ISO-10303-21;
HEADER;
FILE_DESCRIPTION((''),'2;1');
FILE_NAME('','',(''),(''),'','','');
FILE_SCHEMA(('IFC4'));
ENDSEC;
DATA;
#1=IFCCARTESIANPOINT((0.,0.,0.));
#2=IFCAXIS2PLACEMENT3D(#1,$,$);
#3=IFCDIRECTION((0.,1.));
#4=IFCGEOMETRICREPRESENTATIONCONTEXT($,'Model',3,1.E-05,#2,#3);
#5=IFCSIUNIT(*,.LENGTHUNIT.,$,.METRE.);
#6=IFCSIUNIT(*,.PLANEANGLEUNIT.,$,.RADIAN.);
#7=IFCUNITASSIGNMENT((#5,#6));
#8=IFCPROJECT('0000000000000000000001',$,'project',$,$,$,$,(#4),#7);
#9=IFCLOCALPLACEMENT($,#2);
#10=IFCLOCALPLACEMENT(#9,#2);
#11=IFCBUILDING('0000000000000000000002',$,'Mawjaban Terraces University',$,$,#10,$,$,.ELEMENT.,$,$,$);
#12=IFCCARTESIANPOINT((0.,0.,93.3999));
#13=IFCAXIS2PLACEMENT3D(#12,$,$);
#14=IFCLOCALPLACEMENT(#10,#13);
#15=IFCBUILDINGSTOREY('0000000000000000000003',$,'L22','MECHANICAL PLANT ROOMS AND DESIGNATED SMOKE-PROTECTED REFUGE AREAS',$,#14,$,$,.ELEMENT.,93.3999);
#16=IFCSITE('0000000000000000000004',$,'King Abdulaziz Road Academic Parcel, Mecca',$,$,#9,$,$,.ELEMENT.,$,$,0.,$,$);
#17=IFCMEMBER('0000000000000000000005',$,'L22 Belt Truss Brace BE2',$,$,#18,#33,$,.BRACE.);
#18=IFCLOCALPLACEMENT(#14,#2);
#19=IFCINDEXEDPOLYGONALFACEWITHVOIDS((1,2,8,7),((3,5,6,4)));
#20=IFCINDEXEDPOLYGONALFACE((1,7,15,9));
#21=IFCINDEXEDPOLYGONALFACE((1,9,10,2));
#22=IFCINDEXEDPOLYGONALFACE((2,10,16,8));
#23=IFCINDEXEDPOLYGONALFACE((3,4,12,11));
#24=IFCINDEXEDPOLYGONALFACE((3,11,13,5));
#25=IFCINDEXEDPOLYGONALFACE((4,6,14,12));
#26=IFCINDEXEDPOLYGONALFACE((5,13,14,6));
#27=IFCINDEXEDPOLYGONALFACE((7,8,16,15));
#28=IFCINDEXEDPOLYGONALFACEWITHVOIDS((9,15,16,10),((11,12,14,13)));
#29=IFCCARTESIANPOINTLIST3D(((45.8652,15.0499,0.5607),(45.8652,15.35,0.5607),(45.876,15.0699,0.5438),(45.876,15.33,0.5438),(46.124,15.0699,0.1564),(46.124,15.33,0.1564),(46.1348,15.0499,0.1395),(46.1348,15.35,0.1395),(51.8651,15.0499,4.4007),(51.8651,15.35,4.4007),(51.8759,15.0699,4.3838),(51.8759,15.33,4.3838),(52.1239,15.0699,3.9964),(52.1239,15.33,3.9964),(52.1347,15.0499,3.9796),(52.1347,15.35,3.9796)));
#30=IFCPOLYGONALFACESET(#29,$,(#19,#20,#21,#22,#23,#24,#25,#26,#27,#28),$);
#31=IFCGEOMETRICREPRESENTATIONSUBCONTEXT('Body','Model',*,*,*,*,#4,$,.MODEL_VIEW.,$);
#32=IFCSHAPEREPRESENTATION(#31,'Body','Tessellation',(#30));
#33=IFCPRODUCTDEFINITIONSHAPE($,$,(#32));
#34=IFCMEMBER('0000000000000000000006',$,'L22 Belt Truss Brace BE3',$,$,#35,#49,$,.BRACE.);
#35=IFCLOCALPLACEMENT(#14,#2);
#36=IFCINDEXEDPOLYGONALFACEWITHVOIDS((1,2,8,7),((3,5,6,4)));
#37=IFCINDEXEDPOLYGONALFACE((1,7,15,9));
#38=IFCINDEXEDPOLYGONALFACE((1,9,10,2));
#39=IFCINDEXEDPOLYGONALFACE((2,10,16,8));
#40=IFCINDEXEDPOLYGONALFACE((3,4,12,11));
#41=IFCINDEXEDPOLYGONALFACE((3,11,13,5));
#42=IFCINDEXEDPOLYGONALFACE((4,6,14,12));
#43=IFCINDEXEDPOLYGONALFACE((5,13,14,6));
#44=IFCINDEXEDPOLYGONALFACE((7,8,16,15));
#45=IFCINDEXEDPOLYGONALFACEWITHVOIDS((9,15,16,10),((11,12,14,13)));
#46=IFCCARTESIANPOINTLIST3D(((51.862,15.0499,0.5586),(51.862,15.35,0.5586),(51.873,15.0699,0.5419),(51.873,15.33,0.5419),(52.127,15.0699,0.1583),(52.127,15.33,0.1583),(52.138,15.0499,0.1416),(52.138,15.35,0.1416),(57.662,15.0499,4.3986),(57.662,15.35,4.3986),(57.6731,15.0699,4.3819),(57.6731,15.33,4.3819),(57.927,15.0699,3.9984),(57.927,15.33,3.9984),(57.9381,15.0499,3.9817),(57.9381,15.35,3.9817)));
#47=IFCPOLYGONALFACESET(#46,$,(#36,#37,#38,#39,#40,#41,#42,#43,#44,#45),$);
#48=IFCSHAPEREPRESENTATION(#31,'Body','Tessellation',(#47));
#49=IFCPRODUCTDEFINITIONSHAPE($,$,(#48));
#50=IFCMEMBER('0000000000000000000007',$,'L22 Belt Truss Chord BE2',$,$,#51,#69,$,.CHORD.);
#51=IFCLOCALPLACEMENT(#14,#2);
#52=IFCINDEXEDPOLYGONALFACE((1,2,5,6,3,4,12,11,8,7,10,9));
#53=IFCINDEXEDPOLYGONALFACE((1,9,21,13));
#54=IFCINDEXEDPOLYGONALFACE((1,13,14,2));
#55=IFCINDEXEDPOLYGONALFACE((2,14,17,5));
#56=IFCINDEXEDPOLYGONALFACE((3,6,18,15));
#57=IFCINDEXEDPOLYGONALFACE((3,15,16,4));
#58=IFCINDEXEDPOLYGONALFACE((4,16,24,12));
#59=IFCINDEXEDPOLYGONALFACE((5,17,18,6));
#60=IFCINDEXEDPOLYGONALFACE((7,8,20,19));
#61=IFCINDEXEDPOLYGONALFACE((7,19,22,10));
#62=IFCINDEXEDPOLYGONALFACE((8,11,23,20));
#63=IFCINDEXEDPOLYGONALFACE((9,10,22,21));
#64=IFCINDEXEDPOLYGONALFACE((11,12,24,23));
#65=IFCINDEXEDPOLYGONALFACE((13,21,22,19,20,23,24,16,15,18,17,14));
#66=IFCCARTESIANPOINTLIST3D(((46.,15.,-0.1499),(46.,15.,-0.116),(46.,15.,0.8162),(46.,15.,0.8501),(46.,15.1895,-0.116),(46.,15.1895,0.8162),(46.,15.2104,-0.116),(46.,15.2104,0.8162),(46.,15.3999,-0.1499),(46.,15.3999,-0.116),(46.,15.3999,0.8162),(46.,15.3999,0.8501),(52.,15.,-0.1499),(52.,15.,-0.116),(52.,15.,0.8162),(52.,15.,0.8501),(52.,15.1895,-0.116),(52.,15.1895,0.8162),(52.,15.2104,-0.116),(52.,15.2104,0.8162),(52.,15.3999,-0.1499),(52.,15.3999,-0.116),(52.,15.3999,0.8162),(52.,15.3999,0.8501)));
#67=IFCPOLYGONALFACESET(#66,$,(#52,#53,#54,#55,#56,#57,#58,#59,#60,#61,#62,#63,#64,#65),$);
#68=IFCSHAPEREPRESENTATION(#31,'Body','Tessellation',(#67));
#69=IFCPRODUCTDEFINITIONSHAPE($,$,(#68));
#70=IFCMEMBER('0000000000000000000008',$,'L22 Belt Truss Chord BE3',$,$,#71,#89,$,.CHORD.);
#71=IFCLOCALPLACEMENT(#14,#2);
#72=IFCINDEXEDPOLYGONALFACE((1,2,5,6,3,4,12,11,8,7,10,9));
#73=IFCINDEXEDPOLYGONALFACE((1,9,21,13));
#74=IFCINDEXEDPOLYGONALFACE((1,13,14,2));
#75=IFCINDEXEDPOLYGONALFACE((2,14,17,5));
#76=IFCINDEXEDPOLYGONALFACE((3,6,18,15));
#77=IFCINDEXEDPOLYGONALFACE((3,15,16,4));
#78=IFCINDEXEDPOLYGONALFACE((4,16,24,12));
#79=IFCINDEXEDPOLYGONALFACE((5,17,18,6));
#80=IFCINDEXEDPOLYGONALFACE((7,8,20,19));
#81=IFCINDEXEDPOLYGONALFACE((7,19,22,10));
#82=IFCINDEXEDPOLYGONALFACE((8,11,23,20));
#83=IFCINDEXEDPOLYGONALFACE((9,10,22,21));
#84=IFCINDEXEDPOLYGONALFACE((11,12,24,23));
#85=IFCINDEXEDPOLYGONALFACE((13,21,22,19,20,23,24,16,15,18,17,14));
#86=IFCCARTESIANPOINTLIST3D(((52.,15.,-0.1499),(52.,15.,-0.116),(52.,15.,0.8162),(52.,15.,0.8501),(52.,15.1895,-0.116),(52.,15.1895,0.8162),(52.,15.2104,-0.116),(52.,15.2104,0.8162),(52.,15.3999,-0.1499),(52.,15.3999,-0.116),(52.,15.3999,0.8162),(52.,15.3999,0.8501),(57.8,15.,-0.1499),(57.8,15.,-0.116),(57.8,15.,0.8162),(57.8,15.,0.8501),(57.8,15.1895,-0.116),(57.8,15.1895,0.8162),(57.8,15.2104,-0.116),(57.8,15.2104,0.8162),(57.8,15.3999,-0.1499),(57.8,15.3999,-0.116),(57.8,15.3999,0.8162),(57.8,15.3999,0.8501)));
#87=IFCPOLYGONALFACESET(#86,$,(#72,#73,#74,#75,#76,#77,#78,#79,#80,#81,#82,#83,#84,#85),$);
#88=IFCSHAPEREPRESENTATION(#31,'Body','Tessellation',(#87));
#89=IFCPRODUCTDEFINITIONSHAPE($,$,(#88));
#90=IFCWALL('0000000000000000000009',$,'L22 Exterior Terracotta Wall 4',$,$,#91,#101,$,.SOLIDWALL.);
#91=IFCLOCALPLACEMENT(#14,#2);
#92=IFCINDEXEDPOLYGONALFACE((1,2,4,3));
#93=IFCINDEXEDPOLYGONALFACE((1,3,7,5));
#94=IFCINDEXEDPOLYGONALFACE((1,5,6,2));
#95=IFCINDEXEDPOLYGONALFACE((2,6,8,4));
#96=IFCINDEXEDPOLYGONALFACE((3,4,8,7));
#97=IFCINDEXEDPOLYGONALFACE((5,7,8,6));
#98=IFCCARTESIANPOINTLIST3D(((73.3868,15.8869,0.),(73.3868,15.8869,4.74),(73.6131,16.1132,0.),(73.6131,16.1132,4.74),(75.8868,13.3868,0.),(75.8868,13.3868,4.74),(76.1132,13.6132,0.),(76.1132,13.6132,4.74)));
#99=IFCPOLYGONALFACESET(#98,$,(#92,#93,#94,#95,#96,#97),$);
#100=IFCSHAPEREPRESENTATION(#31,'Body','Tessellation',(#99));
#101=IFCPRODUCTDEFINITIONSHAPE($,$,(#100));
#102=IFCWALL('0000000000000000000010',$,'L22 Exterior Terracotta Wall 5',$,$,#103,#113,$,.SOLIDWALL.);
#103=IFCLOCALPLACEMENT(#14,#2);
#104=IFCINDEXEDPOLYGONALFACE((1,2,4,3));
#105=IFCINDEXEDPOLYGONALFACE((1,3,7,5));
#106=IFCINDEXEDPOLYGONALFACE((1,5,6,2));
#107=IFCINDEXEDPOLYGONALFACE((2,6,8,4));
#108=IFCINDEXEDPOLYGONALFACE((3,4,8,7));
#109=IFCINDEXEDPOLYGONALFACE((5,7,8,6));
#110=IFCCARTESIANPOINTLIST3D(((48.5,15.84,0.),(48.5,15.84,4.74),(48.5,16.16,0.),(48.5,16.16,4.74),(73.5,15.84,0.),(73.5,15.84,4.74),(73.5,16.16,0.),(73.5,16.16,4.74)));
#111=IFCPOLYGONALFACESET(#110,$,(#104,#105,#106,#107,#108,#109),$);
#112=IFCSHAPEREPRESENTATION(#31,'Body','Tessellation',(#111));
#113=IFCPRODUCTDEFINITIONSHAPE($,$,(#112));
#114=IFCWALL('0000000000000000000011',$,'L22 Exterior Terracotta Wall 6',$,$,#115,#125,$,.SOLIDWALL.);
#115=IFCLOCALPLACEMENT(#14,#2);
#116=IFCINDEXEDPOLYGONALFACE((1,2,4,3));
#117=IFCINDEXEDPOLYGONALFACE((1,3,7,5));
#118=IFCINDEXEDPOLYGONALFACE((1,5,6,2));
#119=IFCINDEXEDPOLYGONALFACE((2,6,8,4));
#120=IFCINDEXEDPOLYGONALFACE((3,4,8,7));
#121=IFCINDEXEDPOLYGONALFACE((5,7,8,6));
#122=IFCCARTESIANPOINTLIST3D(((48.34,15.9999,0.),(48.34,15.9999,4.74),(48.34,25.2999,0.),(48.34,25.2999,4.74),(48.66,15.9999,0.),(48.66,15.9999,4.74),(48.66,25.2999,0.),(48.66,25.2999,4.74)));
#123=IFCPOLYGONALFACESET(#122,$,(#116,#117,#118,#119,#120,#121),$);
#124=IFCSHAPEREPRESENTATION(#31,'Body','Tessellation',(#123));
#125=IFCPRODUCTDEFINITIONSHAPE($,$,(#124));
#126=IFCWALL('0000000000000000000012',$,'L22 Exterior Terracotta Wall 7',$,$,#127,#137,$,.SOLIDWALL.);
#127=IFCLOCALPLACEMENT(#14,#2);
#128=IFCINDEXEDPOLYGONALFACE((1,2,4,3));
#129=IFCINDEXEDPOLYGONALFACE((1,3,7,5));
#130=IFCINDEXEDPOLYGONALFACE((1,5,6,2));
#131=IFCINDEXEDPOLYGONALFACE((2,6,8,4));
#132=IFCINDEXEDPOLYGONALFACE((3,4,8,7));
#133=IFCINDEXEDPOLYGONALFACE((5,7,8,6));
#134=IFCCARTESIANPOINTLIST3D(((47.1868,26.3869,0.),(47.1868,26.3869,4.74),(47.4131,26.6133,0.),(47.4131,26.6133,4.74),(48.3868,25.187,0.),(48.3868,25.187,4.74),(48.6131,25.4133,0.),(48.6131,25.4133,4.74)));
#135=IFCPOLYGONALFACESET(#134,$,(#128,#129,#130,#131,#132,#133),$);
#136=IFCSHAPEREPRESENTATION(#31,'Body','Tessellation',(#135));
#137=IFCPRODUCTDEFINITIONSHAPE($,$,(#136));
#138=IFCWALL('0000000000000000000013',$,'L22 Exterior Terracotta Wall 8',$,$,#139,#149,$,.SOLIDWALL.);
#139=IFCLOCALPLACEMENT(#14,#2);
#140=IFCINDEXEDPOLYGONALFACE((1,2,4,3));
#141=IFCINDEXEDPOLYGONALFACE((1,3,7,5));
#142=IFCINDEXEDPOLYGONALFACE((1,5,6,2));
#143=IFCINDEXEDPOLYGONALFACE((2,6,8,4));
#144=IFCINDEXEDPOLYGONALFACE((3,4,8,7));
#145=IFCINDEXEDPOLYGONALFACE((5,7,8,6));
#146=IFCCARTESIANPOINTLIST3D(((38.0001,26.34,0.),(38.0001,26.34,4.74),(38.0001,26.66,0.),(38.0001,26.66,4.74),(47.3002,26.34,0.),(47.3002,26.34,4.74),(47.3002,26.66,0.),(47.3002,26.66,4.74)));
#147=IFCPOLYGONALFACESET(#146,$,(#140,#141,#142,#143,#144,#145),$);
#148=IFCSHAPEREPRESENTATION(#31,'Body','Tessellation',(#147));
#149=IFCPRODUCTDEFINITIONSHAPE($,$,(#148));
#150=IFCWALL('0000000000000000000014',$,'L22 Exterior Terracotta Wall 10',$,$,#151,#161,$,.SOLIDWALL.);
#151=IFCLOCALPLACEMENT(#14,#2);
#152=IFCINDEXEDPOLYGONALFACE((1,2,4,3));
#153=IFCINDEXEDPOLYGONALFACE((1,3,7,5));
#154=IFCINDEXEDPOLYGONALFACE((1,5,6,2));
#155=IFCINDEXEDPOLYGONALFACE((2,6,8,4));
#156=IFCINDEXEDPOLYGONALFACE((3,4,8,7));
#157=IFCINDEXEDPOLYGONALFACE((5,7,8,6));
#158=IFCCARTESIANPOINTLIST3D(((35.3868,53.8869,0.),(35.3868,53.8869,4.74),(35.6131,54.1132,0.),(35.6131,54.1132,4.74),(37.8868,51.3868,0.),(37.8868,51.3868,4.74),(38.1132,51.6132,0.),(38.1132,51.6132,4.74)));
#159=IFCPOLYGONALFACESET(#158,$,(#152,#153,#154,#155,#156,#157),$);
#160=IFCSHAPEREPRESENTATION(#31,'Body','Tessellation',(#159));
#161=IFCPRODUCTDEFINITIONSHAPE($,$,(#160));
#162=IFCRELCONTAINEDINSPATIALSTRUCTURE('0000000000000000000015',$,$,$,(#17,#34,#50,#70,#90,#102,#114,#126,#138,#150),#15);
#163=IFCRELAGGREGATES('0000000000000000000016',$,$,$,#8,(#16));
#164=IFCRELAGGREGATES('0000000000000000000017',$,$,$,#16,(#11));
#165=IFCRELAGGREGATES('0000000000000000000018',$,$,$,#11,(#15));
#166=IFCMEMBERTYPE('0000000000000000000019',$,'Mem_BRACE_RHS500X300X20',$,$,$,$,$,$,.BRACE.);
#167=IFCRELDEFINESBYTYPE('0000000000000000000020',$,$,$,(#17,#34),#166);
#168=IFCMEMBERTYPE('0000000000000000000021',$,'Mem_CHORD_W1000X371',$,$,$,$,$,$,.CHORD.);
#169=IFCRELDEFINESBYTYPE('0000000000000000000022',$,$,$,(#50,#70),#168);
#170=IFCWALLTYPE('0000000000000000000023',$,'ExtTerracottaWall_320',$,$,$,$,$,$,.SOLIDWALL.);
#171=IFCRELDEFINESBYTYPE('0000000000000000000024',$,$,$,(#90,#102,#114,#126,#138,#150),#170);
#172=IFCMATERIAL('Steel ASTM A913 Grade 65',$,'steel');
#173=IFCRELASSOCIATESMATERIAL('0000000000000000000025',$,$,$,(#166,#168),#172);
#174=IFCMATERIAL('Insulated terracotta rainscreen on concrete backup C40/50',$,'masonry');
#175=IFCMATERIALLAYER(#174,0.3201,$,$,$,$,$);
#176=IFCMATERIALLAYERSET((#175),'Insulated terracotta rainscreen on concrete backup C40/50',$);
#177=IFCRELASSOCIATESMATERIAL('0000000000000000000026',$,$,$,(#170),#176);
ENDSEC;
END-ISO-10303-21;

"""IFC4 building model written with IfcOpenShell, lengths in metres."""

from ifc_helpers import new_model, si_unit, direction, frame, frame_2d, origin, origin_2d, place, context, subcontext, project, spatial, rectangle, hollow_rectangle, i_section, extrude, material, layer, layer_set, material_profile, profile_set, type_object, element, save


model = new_model("IFC4")

# Units and contexts
model_context = context("Model", 3, precision=1e-05, world=origin(), true_north=direction((0.0, 1.0)))
body_context = subcontext(model_context, "Body", "Model", "MODEL_VIEW")
ifc_project = project(units=[si_unit("LENGTHUNIT", "METRE"), si_unit("PLANEANGLEUNIT", "RADIAN")], contexts=[model_context])

# Site, building, storey
site_placement = place(None, origin())
site = spatial("IfcSite", under=ifc_project, at=site_placement, Name="King Abdulaziz Road Academic Parcel, Mecca", CompositionType="ELEMENT", RefElevation=0.0)
building_placement = place(site_placement, origin())
building = spatial("IfcBuilding", under=site, at=building_placement, Name="Mawjaban Terraces University", CompositionType="ELEMENT")
storey_placement = place(building_placement, frame((0.0, 0.0, 93.3999)))
storey = spatial("IfcBuildingStorey", under=building, at=storey_placement, Name="L22", Description="MECHANICAL PLANT ROOMS AND DESIGNATED SMOKE-PROTECTED REFUGE AREAS", CompositionType="ELEMENT", Elevation=93.3999)

# Members
ifc_material_1 = material(Name="Steel ASTM A913 Grade 65", Category="steel")
ifc_material_profile_1 = material_profile(ifc_material_1, hollow_rectangle(XDim=0.3, YDim=0.5, WallThickness=0.02, at=origin_2d()), Name="RHS500X300X20")
ifc_profile_set_1 = profile_set([ifc_material_profile_1], Name="Steel ASTM A913 Grade 65")
member_type_1 = type_object("IfcMemberType", Name="Mem_BRACE_RHS500X300X20", PredefinedType="BRACE", material=ifc_profile_set_1)
member_1_placement = place(storey_placement, frame((46.0, 15.2, 0.3501), z_axis=(0.842266, 0.0, 0.539062), x_axis=(0.0, 1.0, 0.0)))
element("IfcMember", 1, at=member_1_placement, inside=storey, type_object=member_type_1, Name="L22 Belt Truss Brace BE2", PredefinedType="BRACE", context=body_context, shape_type="SweptSolid", body=[
    extrude(hollow_rectangle(XDim=0.3, YDim=0.5, WallThickness=0.02, at=origin_2d()), origin(), (0.0, 0.0, 1.0), 7.1235),
])
member_2_placement = place(storey_placement, frame((52.0, 15.2, 0.3501), z_axis=(0.833812, 0.0, 0.552049), x_axis=(0.0, 1.0, 0.0)))
element("IfcMember", 2, at=member_2_placement, inside=storey, type_object=member_type_1, Name="L22 Belt Truss Brace BE3", PredefinedType="BRACE", context=body_context, shape_type="SweptSolid", body=[
    extrude(hollow_rectangle(XDim=0.3, YDim=0.5, WallThickness=0.02, at=origin_2d()), origin(), (0.0, 0.0, 1.0), 6.9561),
])
ifc_material_profile_2 = material_profile(ifc_material_1, i_section(OverallWidth=0.3999, OverallDepth=1.0, WebThickness=0.021, FlangeThickness=0.0339, at=origin_2d()), Name="W1000X371")
ifc_profile_set_2 = profile_set([ifc_material_profile_2], Name="Steel ASTM A913 Grade 65")
member_type_2 = type_object("IfcMemberType", Name="Mem_CHORD_W1000X371", PredefinedType="CHORD", material=ifc_profile_set_2)
member_3_placement = place(storey_placement, frame((46.0, 15.2, 0.3501), z_axis=(1.0, 0.0, 0.0), x_axis=(0.0, 1.0, 0.0)))
element("IfcMember", 3, at=member_3_placement, inside=storey, type_object=member_type_2, Name="L22 Belt Truss Chord BE2", PredefinedType="CHORD", context=body_context, shape_type="SweptSolid", body=[
    extrude(i_section(OverallWidth=0.3999, OverallDepth=1.0, WebThickness=0.021, FlangeThickness=0.0339, at=origin_2d()), origin(), (0.0, 0.0, 1.0), 6.0),
])
member_4_placement = place(storey_placement, frame((52.0, 15.2, 0.3501), z_axis=(1.0, 0.0, 0.0), x_axis=(0.0, 1.0, 0.0)))
element("IfcMember", 4, at=member_4_placement, inside=storey, type_object=member_type_2, Name="L22 Belt Truss Chord BE3", PredefinedType="CHORD", context=body_context, shape_type="SweptSolid", body=[
    extrude(i_section(OverallWidth=0.3999, OverallDepth=1.0, WebThickness=0.021, FlangeThickness=0.0339, at=origin_2d()), origin(), (0.0, 0.0, 1.0), 5.8),
])

# Walls
ifc_material_2 = material(Name="Insulated terracotta rainscreen on concrete backup C40/50", Category="masonry")
ifc_layer_1 = layer(ifc_material_2, 0.3201)
ifc_layer_set_1 = layer_set([ifc_layer_1], Name="Insulated terracotta rainscreen on concrete backup C40/50")
wall_type_1 = type_object("IfcWallType", Name="ExtTerracottaWall_320", PredefinedType="SOLIDWALL", material=ifc_layer_set_1)
wall_1_placement = place(storey_placement, frame((76.0, 13.5, 0.0), z_axis=(0.0, 0.0, 1.0), x_axis=(-0.707107, 0.707107, 0.0)))
element("IfcWall", 5, at=wall_1_placement, inside=storey, type_object=wall_type_1, Name="L22 Exterior Terracotta Wall 4", PredefinedType="SOLIDWALL", context=body_context, shape_type="SweptSolid", body=[
    extrude(rectangle(XDim=3.5356, YDim=0.3201, at=frame_2d((1.7678, 0.0))), origin(), (0.0, 0.0, 1.0), 4.74),
])
wall_2_placement = place(storey_placement, frame((73.5, 16.0, 0.0), z_axis=(0.0, 0.0, 1.0), x_axis=(-1.0, 0.0, 0.0)))
element("IfcWall", 6, at=wall_2_placement, inside=storey, type_object=wall_type_1, Name="L22 Exterior Terracotta Wall 5", PredefinedType="SOLIDWALL", context=body_context, shape_type="SweptSolid", body=[
    extrude(rectangle(XDim=25.0, YDim=0.3201, at=frame_2d((12.5, 0.0))), origin(), (0.0, 0.0, 1.0), 4.74),
])
wall_3_placement = place(storey_placement, frame((48.5, 16.0, 0.0), z_axis=(0.0, 0.0, 1.0), x_axis=(0.0, 1.0, 0.0)))
element("IfcWall", 7, at=wall_3_placement, inside=storey, type_object=wall_type_1, Name="L22 Exterior Terracotta Wall 6", PredefinedType="SOLIDWALL", context=body_context, shape_type="SweptSolid", body=[
    extrude(rectangle(XDim=9.3, YDim=0.3201, at=frame_2d((4.6499, 0.0))), origin(), (0.0, 0.0, 1.0), 4.74),
])
wall_4_placement = place(storey_placement, frame((48.5, 25.3, 0.0), z_axis=(0.0, 0.0, 1.0), x_axis=(-0.707107, 0.707107, 0.0)))
element("IfcWall", 8, at=wall_4_placement, inside=storey, type_object=wall_type_1, Name="L22 Exterior Terracotta Wall 7", PredefinedType="SOLIDWALL", context=body_context, shape_type="SweptSolid", body=[
    extrude(rectangle(XDim=1.697, YDim=0.3201, at=frame_2d((0.8486, 0.0))), origin(), (0.0, 0.0, 1.0), 4.74),
])
wall_5_placement = place(storey_placement, frame((47.3, 26.5, 0.0), z_axis=(0.0, 0.0, 1.0), x_axis=(-1.0, 0.0, 0.0)))
element("IfcWall", 9, at=wall_5_placement, inside=storey, type_object=wall_type_1, Name="L22 Exterior Terracotta Wall 8", PredefinedType="SOLIDWALL", context=body_context, shape_type="SweptSolid", body=[
    extrude(rectangle(XDim=9.3, YDim=0.3201, at=frame_2d((4.6499, 0.0))), origin(), (0.0, 0.0, 1.0), 4.74),
])
wall_6_placement = place(storey_placement, frame((38.0, 51.5, 0.0), z_axis=(0.0, 0.0, 1.0), x_axis=(-0.707107, 0.707107, 0.0)))
element("IfcWall", 10, at=wall_6_placement, inside=storey, type_object=wall_type_1, Name="L22 Exterior Terracotta Wall 10", PredefinedType="SOLIDWALL", context=body_context, shape_type="SweptSolid", body=[
    extrude(rectangle(XDim=3.5356, YDim=0.3201, at=frame_2d((1.7678, 0.0))), origin(), (0.0, 0.0, 1.0), 4.74),
])

save(model, "model.ifc")
